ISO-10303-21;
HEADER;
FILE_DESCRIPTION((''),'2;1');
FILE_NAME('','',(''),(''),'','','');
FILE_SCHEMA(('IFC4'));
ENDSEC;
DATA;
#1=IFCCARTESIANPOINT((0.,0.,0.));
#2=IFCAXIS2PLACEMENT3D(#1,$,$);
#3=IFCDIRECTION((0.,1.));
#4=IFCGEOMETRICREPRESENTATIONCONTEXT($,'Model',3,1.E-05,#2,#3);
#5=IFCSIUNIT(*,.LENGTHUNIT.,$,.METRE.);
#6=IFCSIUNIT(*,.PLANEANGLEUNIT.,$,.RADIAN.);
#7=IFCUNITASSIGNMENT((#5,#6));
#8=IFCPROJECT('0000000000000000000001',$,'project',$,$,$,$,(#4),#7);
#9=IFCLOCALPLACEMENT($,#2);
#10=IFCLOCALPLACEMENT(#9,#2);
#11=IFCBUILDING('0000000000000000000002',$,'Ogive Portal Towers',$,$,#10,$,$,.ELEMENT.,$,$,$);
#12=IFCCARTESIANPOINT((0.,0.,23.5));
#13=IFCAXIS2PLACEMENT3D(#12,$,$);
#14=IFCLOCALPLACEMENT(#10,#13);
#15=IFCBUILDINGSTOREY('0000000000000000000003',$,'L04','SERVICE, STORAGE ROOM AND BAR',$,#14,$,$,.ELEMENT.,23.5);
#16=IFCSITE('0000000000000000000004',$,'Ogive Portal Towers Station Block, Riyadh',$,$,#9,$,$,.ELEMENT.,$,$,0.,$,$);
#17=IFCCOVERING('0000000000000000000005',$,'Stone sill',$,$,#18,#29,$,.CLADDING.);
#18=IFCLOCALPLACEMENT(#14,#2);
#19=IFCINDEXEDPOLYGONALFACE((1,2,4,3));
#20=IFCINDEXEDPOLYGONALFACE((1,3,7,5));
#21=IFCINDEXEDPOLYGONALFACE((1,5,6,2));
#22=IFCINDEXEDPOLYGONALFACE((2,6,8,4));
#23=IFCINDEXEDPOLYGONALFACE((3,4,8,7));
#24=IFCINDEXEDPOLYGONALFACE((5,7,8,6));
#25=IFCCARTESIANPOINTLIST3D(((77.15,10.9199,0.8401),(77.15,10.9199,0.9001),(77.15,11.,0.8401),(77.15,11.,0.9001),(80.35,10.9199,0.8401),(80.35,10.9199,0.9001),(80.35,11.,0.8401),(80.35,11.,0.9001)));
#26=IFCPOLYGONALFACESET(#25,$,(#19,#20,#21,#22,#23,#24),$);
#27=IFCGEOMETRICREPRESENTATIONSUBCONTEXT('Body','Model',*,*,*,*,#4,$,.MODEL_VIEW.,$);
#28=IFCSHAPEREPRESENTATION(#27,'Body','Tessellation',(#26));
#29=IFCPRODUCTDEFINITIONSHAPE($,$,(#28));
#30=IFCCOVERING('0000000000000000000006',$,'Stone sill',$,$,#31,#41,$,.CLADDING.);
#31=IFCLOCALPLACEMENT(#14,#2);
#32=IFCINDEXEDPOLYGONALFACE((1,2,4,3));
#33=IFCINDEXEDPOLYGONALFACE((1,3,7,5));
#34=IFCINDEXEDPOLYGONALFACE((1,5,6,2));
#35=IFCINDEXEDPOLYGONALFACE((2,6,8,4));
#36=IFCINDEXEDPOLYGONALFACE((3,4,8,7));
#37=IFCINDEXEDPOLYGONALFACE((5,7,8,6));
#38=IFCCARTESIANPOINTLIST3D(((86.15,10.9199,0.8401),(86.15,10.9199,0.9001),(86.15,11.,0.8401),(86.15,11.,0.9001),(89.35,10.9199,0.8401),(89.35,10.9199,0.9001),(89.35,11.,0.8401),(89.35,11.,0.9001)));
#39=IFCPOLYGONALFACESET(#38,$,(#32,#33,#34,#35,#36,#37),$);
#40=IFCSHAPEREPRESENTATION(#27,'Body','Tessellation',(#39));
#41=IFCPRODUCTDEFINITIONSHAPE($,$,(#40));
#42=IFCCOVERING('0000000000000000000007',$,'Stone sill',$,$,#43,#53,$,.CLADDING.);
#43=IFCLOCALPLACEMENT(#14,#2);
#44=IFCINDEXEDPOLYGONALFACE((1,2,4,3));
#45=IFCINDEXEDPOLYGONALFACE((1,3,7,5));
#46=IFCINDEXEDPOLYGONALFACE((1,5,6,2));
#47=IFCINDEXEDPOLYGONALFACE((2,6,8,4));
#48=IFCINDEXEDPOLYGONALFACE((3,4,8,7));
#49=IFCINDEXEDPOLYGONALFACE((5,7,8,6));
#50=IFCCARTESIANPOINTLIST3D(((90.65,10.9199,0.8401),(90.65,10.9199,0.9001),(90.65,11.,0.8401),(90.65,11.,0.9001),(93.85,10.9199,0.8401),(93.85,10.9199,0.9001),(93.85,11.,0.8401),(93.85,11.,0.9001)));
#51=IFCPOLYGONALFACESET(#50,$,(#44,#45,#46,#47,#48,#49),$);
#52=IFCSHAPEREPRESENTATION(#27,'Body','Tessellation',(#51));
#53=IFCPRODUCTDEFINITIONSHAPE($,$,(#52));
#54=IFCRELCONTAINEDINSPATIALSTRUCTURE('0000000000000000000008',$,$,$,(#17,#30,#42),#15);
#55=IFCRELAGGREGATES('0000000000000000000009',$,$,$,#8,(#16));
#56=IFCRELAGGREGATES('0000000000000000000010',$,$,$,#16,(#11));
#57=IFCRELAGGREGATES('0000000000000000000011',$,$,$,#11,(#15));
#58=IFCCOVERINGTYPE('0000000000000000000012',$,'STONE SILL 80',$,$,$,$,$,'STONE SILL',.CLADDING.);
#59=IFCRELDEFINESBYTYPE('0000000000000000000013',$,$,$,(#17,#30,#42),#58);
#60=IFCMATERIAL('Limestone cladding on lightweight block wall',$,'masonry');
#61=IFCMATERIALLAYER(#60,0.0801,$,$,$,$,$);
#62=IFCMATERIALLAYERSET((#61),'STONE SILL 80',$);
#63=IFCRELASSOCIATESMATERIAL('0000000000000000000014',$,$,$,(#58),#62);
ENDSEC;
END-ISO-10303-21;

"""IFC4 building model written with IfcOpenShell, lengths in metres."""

from ifc_helpers import new_model, si_unit, direction, frame, origin, origin_2d, place, context, subcontext, project, spatial, rectangle, extrude, material, layer, layer_set, type_object, element, save


model = new_model("IFC4")

# Units and contexts
model_context = context("Model", 3, precision=1e-05, world=origin(), true_north=direction((0.0, 1.0)))
body_context = subcontext(model_context, "Body", "Model", "MODEL_VIEW")
ifc_project = project(units=[si_unit("LENGTHUNIT", "METRE"), si_unit("PLANEANGLEUNIT", "RADIAN")], contexts=[model_context])

# Site, building, storey
site_placement = place(None, origin())
site = spatial("IfcSite", under=ifc_project, at=site_placement, Name="Ogive Portal Towers Station Block, Riyadh", CompositionType="ELEMENT", RefElevation=0.0)
building_placement = place(site_placement, origin())
building = spatial("IfcBuilding", under=site, at=building_placement, Name="Ogive Portal Towers", CompositionType="ELEMENT")
storey_placement = place(building_placement, frame((0.0, 0.0, 23.5)))
storey = spatial("IfcBuildingStorey", under=building, at=storey_placement, Name="L04", Description="SERVICE, STORAGE ROOM AND BAR", CompositionType="ELEMENT", Elevation=23.5)

# Coverings
ifc_material_1 = material(Name="Limestone cladding on lightweight block wall", Category="masonry")
ifc_layer_1 = layer(ifc_material_1, 0.0801)
ifc_layer_set_1 = layer_set([ifc_layer_1], Name="STONE SILL 80")
covering_type = type_object("IfcCoveringType", Name="STONE SILL 80", ElementType="STONE SILL", PredefinedType="CLADDING", material=ifc_layer_set_1)
for number, where, z_axis, x_axis, name in (
    (1, (78.75, 10.96, 0.8401), (0.0, 0.0, 1.0), (1.0, 0.0, 0.0), "Stone sill"),
    (2, (87.75, 10.96, 0.8401), (0.0, 0.0, 1.0), (1.0, 0.0, 0.0), "Stone sill"),
    (3, (92.25, 10.96, 0.8401), (0.0, 0.0, 1.0), (1.0, 0.0, 0.0), "Stone sill"),
):
    element("IfcCovering", number, at=place(storey_placement, frame(where, z_axis=z_axis, x_axis=x_axis)), inside=storey, type_object=covering_type, Name=name, PredefinedType="CLADDING", context=body_context, shape_type="SweptSolid", body=[
        extrude(rectangle(XDim=3.2, YDim=0.0801, at=origin_2d()), origin(), (0.0, 0.0, 1.0), 0.0601),
    ])

save(model, "model.ifc")
